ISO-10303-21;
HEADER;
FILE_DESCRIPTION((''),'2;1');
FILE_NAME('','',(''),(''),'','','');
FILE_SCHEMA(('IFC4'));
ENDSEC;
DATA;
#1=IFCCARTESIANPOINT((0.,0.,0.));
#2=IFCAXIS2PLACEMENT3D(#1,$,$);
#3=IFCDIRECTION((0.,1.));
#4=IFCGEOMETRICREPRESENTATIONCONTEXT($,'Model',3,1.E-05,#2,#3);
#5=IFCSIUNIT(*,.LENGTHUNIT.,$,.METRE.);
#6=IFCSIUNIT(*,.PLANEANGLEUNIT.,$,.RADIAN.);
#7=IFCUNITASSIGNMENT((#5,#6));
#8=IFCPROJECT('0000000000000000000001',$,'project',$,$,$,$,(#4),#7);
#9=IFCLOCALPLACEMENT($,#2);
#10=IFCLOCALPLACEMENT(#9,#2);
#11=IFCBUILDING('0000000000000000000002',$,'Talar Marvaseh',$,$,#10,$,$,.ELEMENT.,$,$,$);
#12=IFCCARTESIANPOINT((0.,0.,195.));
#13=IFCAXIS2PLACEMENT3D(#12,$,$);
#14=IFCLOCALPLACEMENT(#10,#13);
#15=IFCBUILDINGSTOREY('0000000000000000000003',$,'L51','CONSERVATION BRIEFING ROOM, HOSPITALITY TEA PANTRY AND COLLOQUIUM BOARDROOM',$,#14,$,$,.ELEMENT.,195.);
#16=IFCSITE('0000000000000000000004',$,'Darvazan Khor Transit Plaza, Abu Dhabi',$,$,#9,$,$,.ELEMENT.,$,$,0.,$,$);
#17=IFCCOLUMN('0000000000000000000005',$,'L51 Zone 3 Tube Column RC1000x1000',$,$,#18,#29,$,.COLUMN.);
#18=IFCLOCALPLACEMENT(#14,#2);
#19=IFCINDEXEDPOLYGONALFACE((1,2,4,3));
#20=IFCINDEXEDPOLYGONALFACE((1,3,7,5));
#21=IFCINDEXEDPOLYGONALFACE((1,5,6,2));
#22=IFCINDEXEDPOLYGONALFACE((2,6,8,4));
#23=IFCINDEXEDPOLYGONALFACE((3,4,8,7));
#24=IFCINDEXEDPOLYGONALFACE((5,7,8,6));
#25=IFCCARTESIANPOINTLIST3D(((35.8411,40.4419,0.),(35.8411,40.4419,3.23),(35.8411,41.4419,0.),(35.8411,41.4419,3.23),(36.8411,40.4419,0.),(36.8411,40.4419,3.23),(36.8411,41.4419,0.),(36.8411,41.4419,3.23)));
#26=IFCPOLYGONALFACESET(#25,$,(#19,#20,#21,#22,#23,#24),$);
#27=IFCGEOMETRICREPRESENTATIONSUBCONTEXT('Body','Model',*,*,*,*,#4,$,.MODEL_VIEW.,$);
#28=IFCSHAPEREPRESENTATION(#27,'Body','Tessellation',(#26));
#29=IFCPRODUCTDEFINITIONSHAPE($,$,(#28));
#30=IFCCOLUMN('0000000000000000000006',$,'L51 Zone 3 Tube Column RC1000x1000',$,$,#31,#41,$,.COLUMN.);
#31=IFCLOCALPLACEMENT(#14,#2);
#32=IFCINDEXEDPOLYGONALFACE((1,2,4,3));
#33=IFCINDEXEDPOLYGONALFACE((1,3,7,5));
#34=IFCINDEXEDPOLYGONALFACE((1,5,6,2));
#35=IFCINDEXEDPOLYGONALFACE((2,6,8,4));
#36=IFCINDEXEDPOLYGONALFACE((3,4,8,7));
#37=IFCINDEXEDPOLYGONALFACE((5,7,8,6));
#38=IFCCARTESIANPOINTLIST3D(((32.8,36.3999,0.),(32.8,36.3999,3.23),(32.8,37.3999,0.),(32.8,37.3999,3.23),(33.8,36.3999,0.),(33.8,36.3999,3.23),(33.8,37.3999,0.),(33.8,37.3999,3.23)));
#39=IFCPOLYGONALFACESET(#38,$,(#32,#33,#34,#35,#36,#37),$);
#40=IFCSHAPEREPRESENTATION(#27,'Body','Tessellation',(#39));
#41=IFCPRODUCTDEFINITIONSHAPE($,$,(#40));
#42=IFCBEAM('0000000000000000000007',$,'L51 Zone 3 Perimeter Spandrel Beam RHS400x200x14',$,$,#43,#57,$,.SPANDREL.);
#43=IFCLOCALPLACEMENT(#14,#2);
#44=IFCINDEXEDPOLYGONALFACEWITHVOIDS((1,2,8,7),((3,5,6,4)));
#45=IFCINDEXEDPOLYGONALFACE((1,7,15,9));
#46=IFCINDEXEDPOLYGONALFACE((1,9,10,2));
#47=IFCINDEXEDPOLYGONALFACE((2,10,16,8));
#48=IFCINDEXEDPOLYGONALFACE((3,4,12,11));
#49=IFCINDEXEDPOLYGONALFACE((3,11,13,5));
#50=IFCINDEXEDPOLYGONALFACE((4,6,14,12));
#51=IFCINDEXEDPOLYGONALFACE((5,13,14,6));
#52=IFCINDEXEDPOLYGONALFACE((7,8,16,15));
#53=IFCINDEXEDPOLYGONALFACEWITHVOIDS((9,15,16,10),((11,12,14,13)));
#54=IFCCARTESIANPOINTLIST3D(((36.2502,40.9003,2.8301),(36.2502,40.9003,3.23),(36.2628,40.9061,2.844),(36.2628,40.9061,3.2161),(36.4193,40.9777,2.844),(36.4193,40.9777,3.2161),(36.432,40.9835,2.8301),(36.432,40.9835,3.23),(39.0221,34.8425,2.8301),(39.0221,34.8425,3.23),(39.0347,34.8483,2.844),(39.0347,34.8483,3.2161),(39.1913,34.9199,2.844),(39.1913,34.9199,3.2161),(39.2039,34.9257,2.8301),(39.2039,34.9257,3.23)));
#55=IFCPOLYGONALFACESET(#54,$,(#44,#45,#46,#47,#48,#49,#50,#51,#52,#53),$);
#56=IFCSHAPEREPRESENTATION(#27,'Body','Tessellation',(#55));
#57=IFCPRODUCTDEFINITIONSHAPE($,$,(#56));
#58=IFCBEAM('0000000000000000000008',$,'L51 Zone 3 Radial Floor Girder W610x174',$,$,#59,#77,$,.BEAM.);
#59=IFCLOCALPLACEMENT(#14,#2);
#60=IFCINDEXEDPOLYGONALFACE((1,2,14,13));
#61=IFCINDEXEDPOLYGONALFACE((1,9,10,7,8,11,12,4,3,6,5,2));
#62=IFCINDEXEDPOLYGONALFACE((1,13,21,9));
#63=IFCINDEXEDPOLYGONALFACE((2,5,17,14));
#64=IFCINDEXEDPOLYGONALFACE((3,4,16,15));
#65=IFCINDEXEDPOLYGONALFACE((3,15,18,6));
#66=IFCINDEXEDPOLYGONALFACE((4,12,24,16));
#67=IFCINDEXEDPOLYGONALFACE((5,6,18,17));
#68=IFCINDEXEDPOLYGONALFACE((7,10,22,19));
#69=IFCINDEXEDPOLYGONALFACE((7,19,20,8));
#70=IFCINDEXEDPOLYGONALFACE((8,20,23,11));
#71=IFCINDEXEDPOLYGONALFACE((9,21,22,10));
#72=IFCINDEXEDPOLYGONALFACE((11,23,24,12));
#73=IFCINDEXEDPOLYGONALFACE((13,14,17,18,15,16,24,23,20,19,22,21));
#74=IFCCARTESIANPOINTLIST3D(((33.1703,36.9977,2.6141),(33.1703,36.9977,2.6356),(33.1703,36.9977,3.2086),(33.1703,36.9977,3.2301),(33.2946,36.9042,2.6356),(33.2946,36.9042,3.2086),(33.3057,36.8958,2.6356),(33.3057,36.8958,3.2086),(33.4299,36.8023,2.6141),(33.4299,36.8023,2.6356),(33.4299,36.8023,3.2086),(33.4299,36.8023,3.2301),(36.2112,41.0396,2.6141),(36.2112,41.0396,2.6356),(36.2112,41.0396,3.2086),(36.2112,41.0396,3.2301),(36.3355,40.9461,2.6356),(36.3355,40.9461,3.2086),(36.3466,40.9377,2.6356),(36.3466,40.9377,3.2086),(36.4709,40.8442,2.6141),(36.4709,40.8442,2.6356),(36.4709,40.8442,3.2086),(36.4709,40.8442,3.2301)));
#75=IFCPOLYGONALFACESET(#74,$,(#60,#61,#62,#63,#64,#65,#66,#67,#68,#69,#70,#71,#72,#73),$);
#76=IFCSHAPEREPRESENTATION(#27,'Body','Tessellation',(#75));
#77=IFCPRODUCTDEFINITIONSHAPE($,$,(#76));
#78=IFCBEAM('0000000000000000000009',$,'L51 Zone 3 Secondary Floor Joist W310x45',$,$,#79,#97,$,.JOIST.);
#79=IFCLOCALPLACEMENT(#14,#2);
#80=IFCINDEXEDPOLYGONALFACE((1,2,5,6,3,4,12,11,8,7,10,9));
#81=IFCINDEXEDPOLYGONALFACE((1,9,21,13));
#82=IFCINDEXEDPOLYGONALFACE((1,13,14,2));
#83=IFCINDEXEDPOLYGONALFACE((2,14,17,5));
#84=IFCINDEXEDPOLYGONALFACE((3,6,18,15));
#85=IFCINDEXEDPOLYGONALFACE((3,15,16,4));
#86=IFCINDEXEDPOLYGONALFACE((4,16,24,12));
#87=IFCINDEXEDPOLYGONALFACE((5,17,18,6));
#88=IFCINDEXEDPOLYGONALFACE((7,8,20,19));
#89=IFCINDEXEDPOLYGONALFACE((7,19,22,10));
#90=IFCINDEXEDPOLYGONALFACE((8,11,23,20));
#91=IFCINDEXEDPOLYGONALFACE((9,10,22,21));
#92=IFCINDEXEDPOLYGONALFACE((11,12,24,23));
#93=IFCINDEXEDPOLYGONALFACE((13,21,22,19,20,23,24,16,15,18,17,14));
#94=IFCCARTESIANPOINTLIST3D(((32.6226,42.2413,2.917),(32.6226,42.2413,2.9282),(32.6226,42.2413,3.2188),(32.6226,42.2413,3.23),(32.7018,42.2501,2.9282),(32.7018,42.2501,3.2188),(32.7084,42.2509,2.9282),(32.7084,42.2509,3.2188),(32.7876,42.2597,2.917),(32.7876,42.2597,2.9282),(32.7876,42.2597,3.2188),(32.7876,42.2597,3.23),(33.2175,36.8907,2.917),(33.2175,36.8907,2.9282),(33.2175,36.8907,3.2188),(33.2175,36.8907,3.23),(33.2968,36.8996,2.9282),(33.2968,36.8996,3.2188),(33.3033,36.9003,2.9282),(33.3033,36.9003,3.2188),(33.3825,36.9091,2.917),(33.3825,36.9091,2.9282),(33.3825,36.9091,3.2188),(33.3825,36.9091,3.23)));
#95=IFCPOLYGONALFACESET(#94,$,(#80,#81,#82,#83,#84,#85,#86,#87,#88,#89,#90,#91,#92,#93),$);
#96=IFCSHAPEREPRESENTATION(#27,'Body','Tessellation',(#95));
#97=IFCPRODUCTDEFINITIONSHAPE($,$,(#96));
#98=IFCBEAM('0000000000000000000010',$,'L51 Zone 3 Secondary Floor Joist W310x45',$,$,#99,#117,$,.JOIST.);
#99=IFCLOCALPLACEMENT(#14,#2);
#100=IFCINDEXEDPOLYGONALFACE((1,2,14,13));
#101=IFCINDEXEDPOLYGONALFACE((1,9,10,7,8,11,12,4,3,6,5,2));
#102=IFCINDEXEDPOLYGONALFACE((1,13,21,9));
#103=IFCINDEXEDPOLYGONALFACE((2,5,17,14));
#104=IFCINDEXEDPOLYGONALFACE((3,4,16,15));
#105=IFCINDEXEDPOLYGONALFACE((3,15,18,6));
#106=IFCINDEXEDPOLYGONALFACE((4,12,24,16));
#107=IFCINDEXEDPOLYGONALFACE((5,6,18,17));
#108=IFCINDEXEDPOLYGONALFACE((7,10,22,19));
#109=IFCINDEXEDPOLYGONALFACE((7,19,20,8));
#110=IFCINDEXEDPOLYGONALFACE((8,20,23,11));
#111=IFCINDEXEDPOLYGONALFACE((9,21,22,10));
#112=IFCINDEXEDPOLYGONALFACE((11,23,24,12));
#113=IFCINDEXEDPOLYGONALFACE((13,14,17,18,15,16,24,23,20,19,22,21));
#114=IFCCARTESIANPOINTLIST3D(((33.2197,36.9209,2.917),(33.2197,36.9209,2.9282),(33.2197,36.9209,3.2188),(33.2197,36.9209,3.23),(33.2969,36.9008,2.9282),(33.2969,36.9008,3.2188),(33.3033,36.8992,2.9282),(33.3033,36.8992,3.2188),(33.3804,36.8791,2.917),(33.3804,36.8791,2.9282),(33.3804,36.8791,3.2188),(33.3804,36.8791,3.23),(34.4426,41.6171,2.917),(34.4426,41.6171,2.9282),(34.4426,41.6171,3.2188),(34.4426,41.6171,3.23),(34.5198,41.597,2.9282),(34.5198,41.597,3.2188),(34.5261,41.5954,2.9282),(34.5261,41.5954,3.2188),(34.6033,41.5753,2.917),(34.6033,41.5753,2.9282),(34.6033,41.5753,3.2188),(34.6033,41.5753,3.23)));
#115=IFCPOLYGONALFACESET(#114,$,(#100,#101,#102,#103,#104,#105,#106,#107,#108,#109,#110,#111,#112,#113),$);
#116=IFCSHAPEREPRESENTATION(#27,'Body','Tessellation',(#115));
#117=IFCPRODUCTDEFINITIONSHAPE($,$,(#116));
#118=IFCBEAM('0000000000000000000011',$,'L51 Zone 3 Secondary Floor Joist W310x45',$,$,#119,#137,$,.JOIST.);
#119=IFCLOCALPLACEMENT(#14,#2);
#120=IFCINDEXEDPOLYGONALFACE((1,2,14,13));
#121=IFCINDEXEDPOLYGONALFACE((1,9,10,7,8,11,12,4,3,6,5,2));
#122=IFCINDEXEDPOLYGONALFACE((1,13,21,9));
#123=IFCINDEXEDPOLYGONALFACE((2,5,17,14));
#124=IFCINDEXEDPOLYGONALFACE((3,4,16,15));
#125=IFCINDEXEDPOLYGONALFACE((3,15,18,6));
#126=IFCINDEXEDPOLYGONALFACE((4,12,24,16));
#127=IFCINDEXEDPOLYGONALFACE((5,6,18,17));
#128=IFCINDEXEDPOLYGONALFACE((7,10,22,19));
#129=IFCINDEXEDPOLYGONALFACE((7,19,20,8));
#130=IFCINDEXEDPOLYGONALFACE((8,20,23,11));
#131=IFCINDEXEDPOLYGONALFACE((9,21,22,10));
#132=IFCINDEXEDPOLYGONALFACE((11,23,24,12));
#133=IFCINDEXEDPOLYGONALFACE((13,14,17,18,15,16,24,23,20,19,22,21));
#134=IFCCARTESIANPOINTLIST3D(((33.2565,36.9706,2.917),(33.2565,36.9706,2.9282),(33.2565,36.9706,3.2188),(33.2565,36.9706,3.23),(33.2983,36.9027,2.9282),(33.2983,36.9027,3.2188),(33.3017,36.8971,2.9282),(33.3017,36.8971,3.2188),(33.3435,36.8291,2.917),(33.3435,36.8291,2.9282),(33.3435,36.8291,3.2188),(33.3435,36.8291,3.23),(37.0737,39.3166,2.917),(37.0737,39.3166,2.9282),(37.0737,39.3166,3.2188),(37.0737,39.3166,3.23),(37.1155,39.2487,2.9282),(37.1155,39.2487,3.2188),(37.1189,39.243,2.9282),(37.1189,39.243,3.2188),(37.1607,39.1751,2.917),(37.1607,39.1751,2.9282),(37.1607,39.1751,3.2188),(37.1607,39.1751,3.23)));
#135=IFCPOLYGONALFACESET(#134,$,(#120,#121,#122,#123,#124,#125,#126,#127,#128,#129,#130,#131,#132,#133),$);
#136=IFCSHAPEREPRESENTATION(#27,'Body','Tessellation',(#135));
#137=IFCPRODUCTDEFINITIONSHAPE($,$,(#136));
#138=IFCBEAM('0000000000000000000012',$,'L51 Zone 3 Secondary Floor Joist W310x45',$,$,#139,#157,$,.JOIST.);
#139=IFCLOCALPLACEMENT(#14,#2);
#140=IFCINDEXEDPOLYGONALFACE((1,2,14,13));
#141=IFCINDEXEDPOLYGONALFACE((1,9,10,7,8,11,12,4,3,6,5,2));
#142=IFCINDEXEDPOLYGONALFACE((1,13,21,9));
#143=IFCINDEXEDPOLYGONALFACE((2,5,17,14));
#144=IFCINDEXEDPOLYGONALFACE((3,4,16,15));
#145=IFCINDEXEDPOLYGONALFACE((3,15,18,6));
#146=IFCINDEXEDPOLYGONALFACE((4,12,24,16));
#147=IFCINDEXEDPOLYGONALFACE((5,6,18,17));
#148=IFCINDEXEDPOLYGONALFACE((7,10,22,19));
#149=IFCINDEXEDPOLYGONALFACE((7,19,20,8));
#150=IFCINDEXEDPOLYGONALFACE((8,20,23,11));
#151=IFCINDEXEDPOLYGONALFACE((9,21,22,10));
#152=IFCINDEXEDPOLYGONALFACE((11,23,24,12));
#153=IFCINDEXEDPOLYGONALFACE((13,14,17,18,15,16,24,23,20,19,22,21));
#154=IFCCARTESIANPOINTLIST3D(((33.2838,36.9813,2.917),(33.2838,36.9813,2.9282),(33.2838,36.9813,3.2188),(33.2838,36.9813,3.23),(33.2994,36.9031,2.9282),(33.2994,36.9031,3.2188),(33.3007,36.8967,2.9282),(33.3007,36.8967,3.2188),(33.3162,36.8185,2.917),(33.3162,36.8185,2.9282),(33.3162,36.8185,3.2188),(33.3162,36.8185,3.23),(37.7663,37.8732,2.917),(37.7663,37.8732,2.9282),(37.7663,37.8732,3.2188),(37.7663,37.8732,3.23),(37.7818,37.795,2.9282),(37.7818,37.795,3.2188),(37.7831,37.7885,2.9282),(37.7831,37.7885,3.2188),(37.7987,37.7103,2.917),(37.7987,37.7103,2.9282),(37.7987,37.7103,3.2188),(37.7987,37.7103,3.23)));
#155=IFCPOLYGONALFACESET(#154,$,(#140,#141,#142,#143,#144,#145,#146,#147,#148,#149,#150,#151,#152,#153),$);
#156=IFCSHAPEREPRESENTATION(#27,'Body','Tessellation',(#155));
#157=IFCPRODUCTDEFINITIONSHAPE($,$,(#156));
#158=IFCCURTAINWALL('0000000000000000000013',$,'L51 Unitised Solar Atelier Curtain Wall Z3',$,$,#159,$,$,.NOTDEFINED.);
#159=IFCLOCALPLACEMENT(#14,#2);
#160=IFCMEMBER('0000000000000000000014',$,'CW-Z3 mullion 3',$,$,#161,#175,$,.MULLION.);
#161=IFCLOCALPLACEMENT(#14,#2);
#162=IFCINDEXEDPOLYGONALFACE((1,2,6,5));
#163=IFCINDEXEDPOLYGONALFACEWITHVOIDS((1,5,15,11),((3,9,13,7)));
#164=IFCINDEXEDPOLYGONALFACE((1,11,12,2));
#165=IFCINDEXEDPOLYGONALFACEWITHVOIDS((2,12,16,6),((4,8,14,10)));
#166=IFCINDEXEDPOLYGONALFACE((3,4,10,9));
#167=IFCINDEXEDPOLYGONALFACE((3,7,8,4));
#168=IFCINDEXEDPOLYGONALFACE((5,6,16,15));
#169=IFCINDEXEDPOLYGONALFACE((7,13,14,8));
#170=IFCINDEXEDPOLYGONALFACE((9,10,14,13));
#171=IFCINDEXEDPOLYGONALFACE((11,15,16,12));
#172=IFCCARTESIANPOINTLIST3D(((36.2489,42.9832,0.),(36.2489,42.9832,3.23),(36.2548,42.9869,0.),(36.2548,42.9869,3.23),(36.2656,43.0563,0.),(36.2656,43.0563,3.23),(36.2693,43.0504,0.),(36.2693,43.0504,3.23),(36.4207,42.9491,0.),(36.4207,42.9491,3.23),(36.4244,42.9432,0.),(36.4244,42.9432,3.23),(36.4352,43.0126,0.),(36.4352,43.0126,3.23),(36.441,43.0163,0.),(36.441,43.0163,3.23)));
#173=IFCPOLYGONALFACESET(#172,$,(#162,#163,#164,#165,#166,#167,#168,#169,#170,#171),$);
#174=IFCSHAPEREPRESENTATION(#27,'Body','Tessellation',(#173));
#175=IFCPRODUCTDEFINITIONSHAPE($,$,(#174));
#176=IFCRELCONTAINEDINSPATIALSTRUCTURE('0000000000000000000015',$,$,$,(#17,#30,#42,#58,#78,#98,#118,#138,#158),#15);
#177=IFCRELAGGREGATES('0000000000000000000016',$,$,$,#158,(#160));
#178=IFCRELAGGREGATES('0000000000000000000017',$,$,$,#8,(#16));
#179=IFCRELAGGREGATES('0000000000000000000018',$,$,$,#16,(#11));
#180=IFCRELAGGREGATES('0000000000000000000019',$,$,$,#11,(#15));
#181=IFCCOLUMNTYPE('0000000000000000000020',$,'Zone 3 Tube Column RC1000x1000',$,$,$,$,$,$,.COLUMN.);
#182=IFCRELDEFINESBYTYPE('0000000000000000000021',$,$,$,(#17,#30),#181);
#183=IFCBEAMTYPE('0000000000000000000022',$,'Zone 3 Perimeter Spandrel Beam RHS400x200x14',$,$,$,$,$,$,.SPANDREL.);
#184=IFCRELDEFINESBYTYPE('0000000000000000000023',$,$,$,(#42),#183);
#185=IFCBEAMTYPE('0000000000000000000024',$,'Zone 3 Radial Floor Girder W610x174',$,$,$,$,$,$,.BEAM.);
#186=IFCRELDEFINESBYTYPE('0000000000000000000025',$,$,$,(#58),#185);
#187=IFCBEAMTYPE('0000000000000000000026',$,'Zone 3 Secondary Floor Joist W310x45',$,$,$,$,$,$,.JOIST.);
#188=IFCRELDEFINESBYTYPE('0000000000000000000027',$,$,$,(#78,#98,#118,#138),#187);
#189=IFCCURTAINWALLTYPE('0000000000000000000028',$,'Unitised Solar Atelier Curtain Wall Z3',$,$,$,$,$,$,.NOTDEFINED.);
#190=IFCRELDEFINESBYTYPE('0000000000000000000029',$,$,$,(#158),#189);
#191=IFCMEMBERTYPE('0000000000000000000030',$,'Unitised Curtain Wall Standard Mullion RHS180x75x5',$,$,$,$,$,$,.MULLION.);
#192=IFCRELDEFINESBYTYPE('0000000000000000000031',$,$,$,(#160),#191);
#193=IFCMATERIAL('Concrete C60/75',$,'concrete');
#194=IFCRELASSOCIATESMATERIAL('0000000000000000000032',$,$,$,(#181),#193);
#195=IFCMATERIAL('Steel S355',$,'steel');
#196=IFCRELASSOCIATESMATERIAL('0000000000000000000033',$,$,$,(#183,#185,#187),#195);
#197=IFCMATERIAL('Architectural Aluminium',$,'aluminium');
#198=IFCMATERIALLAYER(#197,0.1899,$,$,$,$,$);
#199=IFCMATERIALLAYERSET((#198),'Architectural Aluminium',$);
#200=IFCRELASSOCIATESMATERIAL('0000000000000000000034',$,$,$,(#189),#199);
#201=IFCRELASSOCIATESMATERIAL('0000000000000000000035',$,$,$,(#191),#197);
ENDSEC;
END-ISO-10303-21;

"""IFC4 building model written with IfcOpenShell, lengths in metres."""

from ifc_helpers import new_model, si_unit, direction, frame, origin, origin_2d, place, context, subcontext, project, spatial, rectangle, hollow_rectangle, i_section, extrude, source, transform, mapped, material, layer, layer_set, material_profile, profile_set, type_object, type_shapes, element, aggregate, save


model = new_model("IFC4")

# Units and contexts
model_context = context("Model", 3, precision=1e-05, world=origin(), true_north=direction((0.0, 1.0)))
body_context = subcontext(model_context, "Body", "Model", "MODEL_VIEW")
ifc_project = project(units=[si_unit("LENGTHUNIT", "METRE"), si_unit("PLANEANGLEUNIT", "RADIAN")], contexts=[model_context])

# Site, building, storey
site_placement = place(None, origin())
site = spatial("IfcSite", under=ifc_project, at=site_placement, Name="Darvazan Khor Transit Plaza, Abu Dhabi", CompositionType="ELEMENT", RefElevation=0.0)
building_placement = place(site_placement, origin())
building = spatial("IfcBuilding", under=site, at=building_placement, Name="Talar Marvaseh", CompositionType="ELEMENT")
storey_placement = place(building_placement, frame((0.0, 0.0, 195.0)))
storey = spatial("IfcBuildingStorey", under=building, at=storey_placement, Name="L51", Description="CONSERVATION BRIEFING ROOM, HOSPITALITY TEA PANTRY AND COLLOQUIUM BOARDROOM", CompositionType="ELEMENT", Elevation=195.0)

# Columns
ifc_material_1 = material(Name="Concrete C60/75", Category="concrete")
ifc_material_profile_1 = material_profile(ifc_material_1, rectangle(XDim=1.0, YDim=1.0, at=origin_2d()), Name="RC1000x1000")
ifc_profile_set_1 = profile_set([ifc_material_profile_1], Name="Concrete C60/75")
column_type = type_object("IfcColumnType", Name="Zone 3 Tube Column RC1000x1000", PredefinedType="COLUMN", material=ifc_profile_set_1)
for number, where, z_axis, x_axis, name in (
    (1, (36.3411, 40.9419, 0.0), (0.0, 0.0, 1.0), (1.0, 0.0, 0.0), "L51 Zone 3 Tube Column RC1000x1000"),
    (2, (33.3, 36.8999, 0.0), (0.0, 0.0, 1.0), (1.0, 0.0, 0.0), "L51 Zone 3 Tube Column RC1000x1000"),
):
    element("IfcColumn", number, at=place(storey_placement, frame(where, z_axis=z_axis, x_axis=x_axis)), inside=storey, type_object=column_type, Name=name, PredefinedType="COLUMN", context=body_context, shape_type="SweptSolid", body=[
        extrude(rectangle(XDim=1.0, YDim=1.0, at=origin_2d()), origin(), (0.0, 0.0, 1.0), 3.23),
    ])

# Beams
ifc_material_2 = material(Name="Steel S355", Category="steel")
ifc_material_profile_2 = material_profile(ifc_material_2, hollow_rectangle(XDim=0.2, YDim=0.3999, WallThickness=0.0139, at=origin_2d()), Name="RHS400x200x14")
ifc_profile_set_2 = profile_set([ifc_material_profile_2], Name="Steel S355")
beam_type_1 = type_object("IfcBeamType", Name="Zone 3 Perimeter Spandrel Beam RHS400x200x14", PredefinedType="SPANDREL", material=ifc_profile_set_2)
beam_1_placement = place(storey_placement, frame((36.3411, 40.9419, 3.03), z_axis=(0.416091, -0.909323, 0.0), x_axis=(0.909323, 0.416091, 0.0)))
element("IfcBeam", 3, at=beam_1_placement, inside=storey, type_object=beam_type_1, Name="L51 Zone 3 Perimeter Spandrel Beam RHS400x200x14", PredefinedType="SPANDREL", context=body_context, shape_type="SweptSolid", body=[
    extrude(hollow_rectangle(XDim=0.2, YDim=0.3999, WallThickness=0.0139, at=origin_2d()), origin(), (0.0, 0.0, 1.0), 6.6619),
])
ifc_material_profile_3 = material_profile(ifc_material_2, i_section(OverallWidth=0.325, OverallDepth=0.616, WebThickness=0.0139, FlangeThickness=0.0215, at=origin_2d()), Name="W610x174")
ifc_profile_set_3 = profile_set([ifc_material_profile_3], Name="Steel S355")
beam_type_2 = type_object("IfcBeamType", Name="Zone 3 Radial Floor Girder W610x174", PredefinedType="BEAM", material=ifc_profile_set_3)
beam_2_placement = place(storey_placement, frame((36.3411, 40.9419, 2.9221), z_axis=(-0.601204, -0.799096, 0.0), x_axis=(0.799096, -0.601204, 0.0)))
element("IfcBeam", 4, at=beam_2_placement, inside=storey, type_object=beam_type_2, Name="L51 Zone 3 Radial Floor Girder W610x174", PredefinedType="BEAM", context=body_context, shape_type="SweptSolid", body=[
    extrude(i_section(OverallWidth=0.325, OverallDepth=0.616, WebThickness=0.0139, FlangeThickness=0.0215, at=origin_2d()), origin(), (0.0, 0.0, 1.0), 5.0581),
])
ifc_material_profile_4 = material_profile(ifc_material_2, i_section(OverallWidth=0.166, OverallDepth=0.313, WebThickness=0.0066, FlangeThickness=0.0112, at=origin_2d()), Name="W310x45")
ifc_profile_set_4 = profile_set([ifc_material_profile_4], Name="Steel S355")
beam_type_3 = type_object("IfcBeamType", Name="Zone 3 Secondary Floor Joist W310x45", PredefinedType="JOIST", material=ifc_profile_set_4)
beam_3_placement = place(storey_placement, frame((32.7051, 42.2505, 3.0735), z_axis=(0.110516, -0.993874, 0.0), x_axis=(0.993874, 0.110516, 0.0)))
element("IfcBeam", 5, at=beam_3_placement, inside=storey, type_object=beam_type_3, Name="L51 Zone 3 Secondary Floor Joist W310x45", PredefinedType="JOIST", context=body_context, shape_type="SweptSolid", body=[
    extrude(i_section(OverallWidth=0.166, OverallDepth=0.313, WebThickness=0.0066, FlangeThickness=0.0112, at=origin_2d()), origin(), (0.0, 0.0, 1.0), 5.3835),
])
beam_4_placement = place(storey_placement, frame((34.5229, 41.5962, 3.0735), z_axis=(-0.251994, -0.967729, 0.0), x_axis=(0.967729, -0.251994, 0.0)))
element("IfcBeam", 6, at=beam_4_placement, inside=storey, type_object=beam_type_3, Name="L51 Zone 3 Secondary Floor Joist W310x45", PredefinedType="JOIST", context=body_context, shape_type="SweptSolid", body=[
    extrude(i_section(OverallWidth=0.166, OverallDepth=0.313, WebThickness=0.0066, FlangeThickness=0.0112, at=origin_2d()), origin(), (0.0, 0.0, 1.0), 4.8528),
])
beam_5_placement = place(storey_placement, frame((37.1172, 39.2458, 3.0735), z_axis=(-0.851963, -0.523602, 0.0), x_axis=(0.523602, -0.851963, 0.0)))
element("IfcBeam", 7, at=beam_5_placement, inside=storey, type_object=beam_type_3, Name="L51 Zone 3 Secondary Floor Joist W310x45", PredefinedType="JOIST", context=body_context, shape_type="SweptSolid", body=[
    extrude(i_section(OverallWidth=0.166, OverallDepth=0.313, WebThickness=0.0066, FlangeThickness=0.0112, at=origin_2d()), origin(), (0.0, 0.0, 1.0), 4.4805),
])
beam_6_placement = place(storey_placement, frame((37.7825, 37.7917, 3.0735), z_axis=(-0.980775, -0.19514, 0.0), x_axis=(0.19514, -0.980775, 0.0)))
element("IfcBeam", 8, at=beam_6_placement, inside=storey, type_object=beam_type_3, Name="L51 Zone 3 Secondary Floor Joist W310x45", PredefinedType="JOIST", context=body_context, shape_type="SweptSolid", body=[
    extrude(i_section(OverallWidth=0.166, OverallDepth=0.313, WebThickness=0.0066, FlangeThickness=0.0112, at=origin_2d()), origin(), (0.0, 0.0, 1.0), 4.5703),
])

# Curtain wall, member
ifc_material_3 = material(Name="Architectural Aluminium", Category="aluminium")
ifc_layer_1 = layer(ifc_material_3, 0.1899)
ifc_layer_set_1 = layer_set([ifc_layer_1], Name="Architectural Aluminium")
curtain_wall_type = type_object("IfcCurtainWallType", Name="Unitised Solar Atelier Curtain Wall Z3", PredefinedType="NOTDEFINED", material=ifc_layer_set_1)
curtain_wall_1_placement = place(storey_placement, origin())
curtain_wall_1 = element("IfcCurtainWall", 9, at=curtain_wall_1_placement, inside=storey, type_object=curtain_wall_type, Name="L51 Unitised Solar Atelier Curtain Wall Z3", PredefinedType="NOTDEFINED")
ifc_material_profile_5 = material_profile(ifc_material_3, hollow_rectangle(XDim=0.075, YDim=0.1799, WallThickness=0.0049, at=origin_2d()), Name="RHS180x75x5")
ifc_profile_set_5 = profile_set([ifc_material_profile_5], Name="Architectural Aluminium")
member_type_1 = type_object("IfcMemberType", Name="Unitised Curtain Wall Standard Mullion RHS180x75x5", PredefinedType="MULLION", material=ifc_profile_set_5)
shared_shape_1 = source(origin(), body_context, "Body", "SweptSolid", [
    extrude(hollow_rectangle(XDim=0.075, YDim=0.1799, WallThickness=0.0049, at=origin_2d()), origin(), (0.0, 0.0, 1.0), 3.23),
])
type_shapes(member_type_1, [shared_shape_1])
member_1_placement = place(storey_placement, frame((36.345, 42.9998, 0.0), z_axis=(0.0, 0.0, 1.0), x_axis=(0.222335, 0.97497, 0.0)))
member_1 = element("IfcMember", 10, at=member_1_placement, type_object=member_type_1, Name="CW-Z3 mullion 3", PredefinedType="MULLION", context=body_context, shape_type="MappedRepresentation", body=[
    mapped(shared_shape_1, transform((0.0, 0.0, 0.0), x_axis=(1.0, 0.0, 0.0), y_axis=(0.0, 1.0, 0.0), z_axis=(0.0, 0.0, 1.0), scale=1.0)),
])

aggregate(curtain_wall_1, [member_1])

save(model, "model.ifc")
